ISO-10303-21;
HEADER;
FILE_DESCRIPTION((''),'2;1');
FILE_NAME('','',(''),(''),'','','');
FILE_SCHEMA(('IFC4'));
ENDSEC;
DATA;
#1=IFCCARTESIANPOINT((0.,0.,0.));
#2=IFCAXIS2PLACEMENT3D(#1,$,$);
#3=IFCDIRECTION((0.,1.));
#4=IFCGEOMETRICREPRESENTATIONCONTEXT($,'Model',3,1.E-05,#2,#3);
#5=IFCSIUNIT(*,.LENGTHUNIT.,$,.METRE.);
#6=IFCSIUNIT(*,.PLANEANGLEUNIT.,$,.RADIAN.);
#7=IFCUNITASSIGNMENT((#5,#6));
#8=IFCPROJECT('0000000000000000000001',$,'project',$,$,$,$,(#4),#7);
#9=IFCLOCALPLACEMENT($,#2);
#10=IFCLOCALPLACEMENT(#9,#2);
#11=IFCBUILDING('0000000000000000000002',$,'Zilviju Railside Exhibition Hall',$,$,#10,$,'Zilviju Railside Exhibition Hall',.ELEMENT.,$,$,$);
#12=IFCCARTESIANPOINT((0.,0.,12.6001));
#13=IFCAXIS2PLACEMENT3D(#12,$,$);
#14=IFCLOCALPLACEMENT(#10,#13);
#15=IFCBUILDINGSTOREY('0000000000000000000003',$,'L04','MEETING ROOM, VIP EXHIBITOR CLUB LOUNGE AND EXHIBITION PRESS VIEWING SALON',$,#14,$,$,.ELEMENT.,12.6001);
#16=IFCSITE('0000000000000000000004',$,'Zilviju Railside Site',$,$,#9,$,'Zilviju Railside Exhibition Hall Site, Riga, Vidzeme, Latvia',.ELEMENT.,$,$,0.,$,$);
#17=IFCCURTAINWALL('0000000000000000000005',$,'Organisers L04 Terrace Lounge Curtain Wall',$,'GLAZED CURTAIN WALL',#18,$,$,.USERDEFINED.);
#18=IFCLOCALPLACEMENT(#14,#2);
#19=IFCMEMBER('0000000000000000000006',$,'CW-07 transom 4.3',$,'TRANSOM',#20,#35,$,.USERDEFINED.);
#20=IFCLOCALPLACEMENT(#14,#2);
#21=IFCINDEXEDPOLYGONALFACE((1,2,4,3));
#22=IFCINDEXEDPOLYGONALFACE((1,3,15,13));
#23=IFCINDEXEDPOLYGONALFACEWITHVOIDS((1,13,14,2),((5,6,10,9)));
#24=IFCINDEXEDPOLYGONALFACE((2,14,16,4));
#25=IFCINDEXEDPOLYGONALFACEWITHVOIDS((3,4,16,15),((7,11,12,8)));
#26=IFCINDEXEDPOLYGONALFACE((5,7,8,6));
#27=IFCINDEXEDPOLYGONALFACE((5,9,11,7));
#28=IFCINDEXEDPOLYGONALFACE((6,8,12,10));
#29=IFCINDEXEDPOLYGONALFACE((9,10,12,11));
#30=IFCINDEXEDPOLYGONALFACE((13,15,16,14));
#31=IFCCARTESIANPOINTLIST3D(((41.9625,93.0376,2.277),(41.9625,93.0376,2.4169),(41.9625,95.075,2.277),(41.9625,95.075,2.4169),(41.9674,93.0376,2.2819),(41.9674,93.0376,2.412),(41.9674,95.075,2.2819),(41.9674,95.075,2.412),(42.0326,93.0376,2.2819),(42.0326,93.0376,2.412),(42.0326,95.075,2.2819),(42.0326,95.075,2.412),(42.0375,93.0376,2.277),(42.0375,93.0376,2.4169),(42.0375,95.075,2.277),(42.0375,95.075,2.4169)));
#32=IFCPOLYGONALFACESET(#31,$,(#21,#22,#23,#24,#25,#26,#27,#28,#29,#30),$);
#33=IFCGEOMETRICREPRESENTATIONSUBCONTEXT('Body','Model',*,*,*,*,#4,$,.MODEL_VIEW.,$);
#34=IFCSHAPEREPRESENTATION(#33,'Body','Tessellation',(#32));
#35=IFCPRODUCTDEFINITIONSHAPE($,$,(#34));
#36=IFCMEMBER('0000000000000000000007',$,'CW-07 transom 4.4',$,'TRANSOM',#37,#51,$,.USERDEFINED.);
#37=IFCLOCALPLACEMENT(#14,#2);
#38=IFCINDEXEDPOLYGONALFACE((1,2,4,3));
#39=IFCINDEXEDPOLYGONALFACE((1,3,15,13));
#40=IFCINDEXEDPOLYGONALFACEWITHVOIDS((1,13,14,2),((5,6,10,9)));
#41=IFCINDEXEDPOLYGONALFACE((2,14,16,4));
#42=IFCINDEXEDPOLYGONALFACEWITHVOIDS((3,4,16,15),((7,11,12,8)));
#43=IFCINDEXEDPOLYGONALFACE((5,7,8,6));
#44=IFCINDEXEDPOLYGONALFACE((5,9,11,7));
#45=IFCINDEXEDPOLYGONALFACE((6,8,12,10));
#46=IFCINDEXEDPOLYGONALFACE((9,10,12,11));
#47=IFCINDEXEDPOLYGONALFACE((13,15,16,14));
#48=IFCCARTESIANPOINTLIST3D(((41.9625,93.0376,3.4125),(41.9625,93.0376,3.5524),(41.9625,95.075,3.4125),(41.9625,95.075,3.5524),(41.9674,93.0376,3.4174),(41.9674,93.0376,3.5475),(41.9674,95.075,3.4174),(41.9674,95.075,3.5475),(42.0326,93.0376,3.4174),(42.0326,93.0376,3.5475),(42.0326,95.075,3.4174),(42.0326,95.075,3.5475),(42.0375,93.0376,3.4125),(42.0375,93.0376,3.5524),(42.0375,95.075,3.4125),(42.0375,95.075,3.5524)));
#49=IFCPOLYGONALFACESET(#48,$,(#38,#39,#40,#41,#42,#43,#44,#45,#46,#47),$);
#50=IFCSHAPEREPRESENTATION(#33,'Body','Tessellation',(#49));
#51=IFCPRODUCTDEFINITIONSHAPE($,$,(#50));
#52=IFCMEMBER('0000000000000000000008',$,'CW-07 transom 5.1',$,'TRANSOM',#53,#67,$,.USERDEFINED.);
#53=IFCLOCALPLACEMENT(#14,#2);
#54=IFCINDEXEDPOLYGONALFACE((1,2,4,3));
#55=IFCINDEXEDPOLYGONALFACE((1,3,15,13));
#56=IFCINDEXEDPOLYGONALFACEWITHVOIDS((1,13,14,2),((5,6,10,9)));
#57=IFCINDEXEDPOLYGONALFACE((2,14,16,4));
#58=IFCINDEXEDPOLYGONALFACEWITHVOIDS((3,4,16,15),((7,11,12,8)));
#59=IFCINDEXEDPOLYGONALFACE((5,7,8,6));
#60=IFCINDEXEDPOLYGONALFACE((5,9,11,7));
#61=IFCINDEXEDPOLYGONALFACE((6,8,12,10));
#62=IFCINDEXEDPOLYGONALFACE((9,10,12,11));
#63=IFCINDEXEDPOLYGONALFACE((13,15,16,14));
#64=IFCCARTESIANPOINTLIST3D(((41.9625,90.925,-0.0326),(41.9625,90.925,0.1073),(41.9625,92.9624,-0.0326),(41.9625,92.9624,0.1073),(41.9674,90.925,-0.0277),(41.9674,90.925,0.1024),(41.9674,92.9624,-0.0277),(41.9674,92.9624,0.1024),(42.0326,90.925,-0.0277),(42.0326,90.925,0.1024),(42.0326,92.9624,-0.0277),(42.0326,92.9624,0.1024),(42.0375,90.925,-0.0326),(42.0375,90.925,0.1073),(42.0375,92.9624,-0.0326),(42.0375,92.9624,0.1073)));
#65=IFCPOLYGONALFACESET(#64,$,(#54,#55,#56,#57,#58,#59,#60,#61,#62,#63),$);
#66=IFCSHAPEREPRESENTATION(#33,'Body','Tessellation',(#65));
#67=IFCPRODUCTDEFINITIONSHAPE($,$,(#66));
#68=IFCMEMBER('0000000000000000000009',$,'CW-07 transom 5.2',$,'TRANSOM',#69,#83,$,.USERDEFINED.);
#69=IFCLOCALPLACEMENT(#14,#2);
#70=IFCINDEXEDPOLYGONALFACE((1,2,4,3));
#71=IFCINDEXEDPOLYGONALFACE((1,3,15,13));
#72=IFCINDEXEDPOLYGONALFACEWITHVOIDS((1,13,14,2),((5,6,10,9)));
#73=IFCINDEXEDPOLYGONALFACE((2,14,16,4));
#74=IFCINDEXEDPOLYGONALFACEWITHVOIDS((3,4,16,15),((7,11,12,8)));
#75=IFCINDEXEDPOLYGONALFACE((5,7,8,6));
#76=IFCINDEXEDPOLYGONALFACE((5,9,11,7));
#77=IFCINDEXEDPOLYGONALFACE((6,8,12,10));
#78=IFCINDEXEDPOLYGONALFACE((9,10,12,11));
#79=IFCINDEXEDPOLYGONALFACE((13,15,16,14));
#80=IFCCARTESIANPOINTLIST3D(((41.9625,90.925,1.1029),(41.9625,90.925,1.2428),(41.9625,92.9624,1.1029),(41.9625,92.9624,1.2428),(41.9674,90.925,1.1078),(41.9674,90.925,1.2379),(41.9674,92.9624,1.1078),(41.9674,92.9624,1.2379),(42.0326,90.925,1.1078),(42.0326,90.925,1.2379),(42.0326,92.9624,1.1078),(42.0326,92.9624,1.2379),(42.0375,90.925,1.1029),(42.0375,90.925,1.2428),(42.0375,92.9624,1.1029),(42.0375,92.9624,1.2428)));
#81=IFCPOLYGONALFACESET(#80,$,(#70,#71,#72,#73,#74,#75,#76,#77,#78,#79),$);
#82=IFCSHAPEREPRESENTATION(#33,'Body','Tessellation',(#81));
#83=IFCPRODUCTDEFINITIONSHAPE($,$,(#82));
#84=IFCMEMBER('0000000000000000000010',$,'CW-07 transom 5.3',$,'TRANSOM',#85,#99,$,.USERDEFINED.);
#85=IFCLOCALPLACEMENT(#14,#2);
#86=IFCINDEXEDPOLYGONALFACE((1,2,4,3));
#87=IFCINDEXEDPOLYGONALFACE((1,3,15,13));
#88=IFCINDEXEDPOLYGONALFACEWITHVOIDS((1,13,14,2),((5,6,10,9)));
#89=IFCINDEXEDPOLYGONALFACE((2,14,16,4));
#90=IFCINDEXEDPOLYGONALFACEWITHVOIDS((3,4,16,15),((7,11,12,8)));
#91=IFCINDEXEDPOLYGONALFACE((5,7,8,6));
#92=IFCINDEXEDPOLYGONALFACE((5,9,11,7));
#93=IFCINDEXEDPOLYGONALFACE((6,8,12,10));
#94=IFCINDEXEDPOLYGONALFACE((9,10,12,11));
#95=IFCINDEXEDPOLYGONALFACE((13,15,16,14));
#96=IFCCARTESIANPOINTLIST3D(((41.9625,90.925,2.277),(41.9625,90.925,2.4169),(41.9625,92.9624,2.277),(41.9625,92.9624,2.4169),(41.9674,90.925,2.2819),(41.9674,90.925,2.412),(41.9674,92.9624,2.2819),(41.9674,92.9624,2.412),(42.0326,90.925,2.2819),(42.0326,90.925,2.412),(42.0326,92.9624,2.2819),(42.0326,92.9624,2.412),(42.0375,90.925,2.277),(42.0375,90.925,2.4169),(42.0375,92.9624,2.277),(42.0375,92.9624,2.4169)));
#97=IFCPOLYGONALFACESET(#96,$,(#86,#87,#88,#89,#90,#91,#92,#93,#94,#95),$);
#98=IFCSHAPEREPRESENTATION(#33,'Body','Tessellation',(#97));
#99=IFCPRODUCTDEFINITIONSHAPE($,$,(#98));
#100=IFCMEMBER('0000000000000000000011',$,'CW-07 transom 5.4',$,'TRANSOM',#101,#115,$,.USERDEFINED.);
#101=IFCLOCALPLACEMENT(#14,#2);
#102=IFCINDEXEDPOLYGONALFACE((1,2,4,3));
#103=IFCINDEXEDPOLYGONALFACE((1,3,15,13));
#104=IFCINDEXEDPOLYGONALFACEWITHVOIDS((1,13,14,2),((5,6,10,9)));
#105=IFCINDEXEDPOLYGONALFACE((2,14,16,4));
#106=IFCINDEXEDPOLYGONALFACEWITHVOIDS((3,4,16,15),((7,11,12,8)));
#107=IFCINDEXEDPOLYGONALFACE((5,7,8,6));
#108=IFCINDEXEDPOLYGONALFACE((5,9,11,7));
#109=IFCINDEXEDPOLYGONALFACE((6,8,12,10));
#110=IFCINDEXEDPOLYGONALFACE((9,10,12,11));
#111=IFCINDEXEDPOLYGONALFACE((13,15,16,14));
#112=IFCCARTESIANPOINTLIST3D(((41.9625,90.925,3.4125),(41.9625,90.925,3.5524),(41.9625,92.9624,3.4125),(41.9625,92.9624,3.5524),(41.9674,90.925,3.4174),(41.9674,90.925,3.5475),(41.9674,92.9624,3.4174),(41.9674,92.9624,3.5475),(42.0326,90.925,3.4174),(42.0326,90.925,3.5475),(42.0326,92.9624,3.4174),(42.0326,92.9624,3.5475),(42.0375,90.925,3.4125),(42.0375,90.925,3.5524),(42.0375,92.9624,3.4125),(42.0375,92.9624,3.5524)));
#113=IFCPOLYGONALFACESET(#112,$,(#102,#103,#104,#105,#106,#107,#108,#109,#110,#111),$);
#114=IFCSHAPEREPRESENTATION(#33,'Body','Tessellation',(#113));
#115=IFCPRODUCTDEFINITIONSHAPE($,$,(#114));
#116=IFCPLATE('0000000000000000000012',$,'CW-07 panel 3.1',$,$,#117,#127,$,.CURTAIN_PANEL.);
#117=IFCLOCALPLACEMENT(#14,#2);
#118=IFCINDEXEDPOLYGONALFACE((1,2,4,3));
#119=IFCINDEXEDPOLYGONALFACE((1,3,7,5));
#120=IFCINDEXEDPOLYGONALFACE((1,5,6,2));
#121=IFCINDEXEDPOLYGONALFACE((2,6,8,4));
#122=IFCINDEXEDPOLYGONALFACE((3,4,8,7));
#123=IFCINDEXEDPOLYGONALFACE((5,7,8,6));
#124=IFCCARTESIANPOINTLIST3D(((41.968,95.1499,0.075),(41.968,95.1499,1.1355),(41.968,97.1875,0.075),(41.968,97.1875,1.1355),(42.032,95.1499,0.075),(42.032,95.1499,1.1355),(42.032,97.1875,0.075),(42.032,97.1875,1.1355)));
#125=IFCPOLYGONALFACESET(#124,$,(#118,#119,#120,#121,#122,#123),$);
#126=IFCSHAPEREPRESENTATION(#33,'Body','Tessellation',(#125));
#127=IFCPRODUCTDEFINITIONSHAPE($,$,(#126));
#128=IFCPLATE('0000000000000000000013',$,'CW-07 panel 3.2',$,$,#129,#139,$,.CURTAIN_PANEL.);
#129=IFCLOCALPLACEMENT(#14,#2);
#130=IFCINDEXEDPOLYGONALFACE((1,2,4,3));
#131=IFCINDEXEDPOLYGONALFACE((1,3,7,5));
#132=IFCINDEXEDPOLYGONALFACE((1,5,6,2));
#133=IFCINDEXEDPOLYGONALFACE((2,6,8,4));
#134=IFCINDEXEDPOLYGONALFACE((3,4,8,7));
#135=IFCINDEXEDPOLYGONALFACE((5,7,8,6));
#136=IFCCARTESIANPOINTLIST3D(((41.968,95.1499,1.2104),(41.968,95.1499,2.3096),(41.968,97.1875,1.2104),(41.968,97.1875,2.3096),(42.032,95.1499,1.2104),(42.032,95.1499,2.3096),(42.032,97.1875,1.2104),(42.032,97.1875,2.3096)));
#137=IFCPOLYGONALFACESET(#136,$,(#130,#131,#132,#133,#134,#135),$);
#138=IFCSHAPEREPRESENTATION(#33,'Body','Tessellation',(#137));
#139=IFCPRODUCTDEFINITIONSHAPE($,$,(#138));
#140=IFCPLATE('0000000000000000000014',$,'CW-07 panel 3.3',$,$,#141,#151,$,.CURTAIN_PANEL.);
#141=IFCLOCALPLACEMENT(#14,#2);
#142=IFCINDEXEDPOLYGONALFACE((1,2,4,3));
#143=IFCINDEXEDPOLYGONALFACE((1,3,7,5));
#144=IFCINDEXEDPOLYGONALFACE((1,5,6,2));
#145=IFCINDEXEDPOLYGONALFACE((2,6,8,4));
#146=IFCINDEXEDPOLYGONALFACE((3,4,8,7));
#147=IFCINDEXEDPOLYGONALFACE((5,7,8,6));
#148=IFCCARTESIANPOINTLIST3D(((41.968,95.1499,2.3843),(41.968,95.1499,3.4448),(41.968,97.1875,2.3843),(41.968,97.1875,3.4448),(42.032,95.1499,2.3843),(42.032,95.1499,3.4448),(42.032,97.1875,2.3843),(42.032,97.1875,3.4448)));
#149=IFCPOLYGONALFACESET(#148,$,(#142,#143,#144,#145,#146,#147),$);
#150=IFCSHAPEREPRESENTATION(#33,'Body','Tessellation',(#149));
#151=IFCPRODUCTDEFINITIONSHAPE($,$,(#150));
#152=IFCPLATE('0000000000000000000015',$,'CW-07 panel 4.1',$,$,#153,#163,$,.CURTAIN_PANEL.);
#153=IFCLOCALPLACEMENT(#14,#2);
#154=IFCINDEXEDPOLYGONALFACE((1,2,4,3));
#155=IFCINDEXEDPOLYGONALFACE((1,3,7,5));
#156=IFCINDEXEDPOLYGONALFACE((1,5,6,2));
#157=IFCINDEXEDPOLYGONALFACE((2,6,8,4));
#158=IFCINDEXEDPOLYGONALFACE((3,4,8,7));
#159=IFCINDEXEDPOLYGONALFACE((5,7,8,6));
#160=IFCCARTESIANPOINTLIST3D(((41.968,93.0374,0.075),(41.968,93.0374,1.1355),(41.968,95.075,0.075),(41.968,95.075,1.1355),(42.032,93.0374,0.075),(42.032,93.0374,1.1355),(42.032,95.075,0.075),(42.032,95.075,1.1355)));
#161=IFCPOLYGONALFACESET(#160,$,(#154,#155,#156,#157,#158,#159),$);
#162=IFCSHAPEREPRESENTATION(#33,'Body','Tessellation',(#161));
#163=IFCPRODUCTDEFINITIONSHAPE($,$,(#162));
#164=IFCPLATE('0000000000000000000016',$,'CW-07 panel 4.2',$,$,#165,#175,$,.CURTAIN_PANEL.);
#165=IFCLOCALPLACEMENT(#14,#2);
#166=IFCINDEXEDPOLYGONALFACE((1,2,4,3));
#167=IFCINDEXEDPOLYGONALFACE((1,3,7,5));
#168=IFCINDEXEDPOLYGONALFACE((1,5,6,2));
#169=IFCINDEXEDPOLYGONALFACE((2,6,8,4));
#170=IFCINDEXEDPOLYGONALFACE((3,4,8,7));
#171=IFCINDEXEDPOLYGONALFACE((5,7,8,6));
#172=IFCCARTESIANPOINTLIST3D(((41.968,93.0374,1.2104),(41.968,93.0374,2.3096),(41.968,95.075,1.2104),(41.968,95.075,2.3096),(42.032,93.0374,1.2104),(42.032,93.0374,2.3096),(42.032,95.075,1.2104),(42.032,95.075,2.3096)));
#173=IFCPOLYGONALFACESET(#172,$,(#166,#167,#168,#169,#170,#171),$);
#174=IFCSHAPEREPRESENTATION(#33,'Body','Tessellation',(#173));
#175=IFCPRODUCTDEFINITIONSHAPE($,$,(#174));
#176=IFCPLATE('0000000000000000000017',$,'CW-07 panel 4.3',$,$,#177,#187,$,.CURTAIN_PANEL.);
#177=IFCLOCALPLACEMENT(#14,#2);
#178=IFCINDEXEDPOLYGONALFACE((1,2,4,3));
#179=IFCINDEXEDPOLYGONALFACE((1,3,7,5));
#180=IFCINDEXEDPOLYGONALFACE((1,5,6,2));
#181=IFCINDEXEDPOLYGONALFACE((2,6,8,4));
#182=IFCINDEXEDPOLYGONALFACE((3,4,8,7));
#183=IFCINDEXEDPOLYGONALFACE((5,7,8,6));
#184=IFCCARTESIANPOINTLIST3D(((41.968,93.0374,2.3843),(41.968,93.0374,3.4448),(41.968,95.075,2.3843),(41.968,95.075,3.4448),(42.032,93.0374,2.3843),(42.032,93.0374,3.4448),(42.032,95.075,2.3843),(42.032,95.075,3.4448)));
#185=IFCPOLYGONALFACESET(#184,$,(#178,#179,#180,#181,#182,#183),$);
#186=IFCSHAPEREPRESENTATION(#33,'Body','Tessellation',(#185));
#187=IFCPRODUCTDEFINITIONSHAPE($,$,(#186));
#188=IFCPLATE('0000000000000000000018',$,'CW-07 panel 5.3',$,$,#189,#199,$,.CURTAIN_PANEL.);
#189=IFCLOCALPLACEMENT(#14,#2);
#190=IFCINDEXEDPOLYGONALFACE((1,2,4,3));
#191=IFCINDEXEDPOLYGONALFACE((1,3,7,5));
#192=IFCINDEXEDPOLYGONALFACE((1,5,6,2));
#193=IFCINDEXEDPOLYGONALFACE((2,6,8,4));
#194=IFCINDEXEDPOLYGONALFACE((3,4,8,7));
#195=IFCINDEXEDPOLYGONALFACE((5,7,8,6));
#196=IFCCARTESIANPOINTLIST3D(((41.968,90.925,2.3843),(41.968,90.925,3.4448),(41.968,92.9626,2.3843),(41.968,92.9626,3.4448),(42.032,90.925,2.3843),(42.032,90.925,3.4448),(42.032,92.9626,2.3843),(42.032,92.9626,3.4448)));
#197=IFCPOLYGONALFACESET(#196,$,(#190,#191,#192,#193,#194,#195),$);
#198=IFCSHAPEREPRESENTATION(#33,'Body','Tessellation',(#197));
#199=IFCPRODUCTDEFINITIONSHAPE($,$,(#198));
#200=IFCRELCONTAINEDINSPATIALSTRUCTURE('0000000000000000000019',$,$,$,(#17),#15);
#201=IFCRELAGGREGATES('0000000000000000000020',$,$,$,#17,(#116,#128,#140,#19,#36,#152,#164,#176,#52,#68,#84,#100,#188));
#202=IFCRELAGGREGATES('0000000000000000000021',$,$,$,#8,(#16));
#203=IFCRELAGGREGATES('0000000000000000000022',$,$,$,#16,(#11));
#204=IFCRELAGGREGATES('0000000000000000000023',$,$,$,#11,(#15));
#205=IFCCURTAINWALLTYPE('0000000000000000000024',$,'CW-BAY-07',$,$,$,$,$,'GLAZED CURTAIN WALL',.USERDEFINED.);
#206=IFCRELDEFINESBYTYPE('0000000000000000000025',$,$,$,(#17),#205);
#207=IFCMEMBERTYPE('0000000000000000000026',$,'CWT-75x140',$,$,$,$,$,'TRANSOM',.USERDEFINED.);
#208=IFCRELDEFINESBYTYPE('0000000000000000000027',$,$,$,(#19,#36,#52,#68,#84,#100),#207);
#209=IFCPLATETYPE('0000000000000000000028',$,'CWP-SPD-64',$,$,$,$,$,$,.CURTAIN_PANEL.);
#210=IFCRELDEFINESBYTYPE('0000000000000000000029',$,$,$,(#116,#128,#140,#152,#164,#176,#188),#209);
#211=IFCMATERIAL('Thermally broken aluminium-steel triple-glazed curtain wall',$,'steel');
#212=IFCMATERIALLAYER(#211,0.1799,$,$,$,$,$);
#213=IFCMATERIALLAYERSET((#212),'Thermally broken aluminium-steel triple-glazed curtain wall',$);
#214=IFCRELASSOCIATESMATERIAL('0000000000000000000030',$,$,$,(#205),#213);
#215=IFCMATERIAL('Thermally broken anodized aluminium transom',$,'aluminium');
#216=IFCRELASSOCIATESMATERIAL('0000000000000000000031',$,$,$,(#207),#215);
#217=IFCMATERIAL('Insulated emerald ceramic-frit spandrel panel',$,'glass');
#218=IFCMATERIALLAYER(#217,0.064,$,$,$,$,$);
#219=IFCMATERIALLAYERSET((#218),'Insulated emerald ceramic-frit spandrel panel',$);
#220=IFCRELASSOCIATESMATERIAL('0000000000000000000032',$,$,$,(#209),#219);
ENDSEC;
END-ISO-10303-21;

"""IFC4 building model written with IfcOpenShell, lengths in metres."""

from ifc_helpers import new_model, si_unit, direction, frame, origin, origin_2d, place, context, subcontext, project, spatial, rectangle, hollow_rectangle, extrude, material, layer, layer_set, material_profile, profile_set, type_object, element, aggregate, save


model = new_model("IFC4")

# Units and contexts
model_context = context("Model", 3, precision=1e-05, world=origin(), true_north=direction((0.0, 1.0)))
body_context = subcontext(model_context, "Body", "Model", "MODEL_VIEW")
ifc_project = project(units=[si_unit("LENGTHUNIT", "METRE"), si_unit("PLANEANGLEUNIT", "RADIAN")], contexts=[model_context])

# Site, building, storey
site_placement = place(None, origin())
site = spatial("IfcSite", under=ifc_project, at=site_placement, Name="Zilviju Railside Site", LongName="Zilviju Railside Exhibition Hall Site, Riga, Vidzeme, Latvia", CompositionType="ELEMENT", RefElevation=0.0)
building_placement = place(site_placement, origin())
building = spatial("IfcBuilding", under=site, at=building_placement, Name="Zilviju Railside Exhibition Hall", LongName="Zilviju Railside Exhibition Hall", CompositionType="ELEMENT")
storey_placement = place(building_placement, frame((0.0, 0.0, 12.6001)))
storey = spatial("IfcBuildingStorey", under=building, at=storey_placement, Name="L04", Description="MEETING ROOM, VIP EXHIBITOR CLUB LOUNGE AND EXHIBITION PRESS VIEWING SALON", CompositionType="ELEMENT", Elevation=12.6001)

# Curtain wall, members, plates
ifc_material_1 = material(Name="Thermally broken aluminium-steel triple-glazed curtain wall", Category="steel")
ifc_layer_1 = layer(ifc_material_1, 0.1799)
ifc_layer_set_1 = layer_set([ifc_layer_1], Name="Thermally broken aluminium-steel triple-glazed curtain wall")
curtain_wall_type = type_object("IfcCurtainWallType", Name="CW-BAY-07", ElementType="GLAZED CURTAIN WALL", PredefinedType="USERDEFINED", material=ifc_layer_set_1)
curtain_wall_placement = place(storey_placement, origin())
curtain_wall = element("IfcCurtainWall", 1, at=curtain_wall_placement, inside=storey, type_object=curtain_wall_type, Name="Organisers L04 Terrace Lounge Curtain Wall", ObjectType="GLAZED CURTAIN WALL", PredefinedType="USERDEFINED")
ifc_material_2 = material(Name="Thermally broken anodized aluminium transom", Category="aluminium")
ifc_material_profile_1 = material_profile(ifc_material_2, hollow_rectangle(XDim=0.075, YDim=0.1399, WallThickness=0.0049, at=origin_2d()), Name="TRANSOM 140x75x5")
ifc_profile_set_1 = profile_set([ifc_material_profile_1], Name="Thermally broken anodized aluminium transom")
member_type_1 = type_object("IfcMemberType", Name="CWT-75x140", ElementType="TRANSOM", PredefinedType="USERDEFINED", material=ifc_profile_set_1)
member_1_placement = place(storey_placement, frame((42.0, 95.075, 2.3469), z_axis=(0.0, -1.0, 0.0), x_axis=(1.0, 0.0, 0.0)))
member_1 = element("IfcMember", 2, at=member_1_placement, type_object=member_type_1, Name="CW-07 transom 4.3", ObjectType="TRANSOM", PredefinedType="USERDEFINED", context=body_context, shape_type="SweptSolid", body=[
    extrude(hollow_rectangle(XDim=0.075, YDim=0.1399, WallThickness=0.0049, at=origin_2d()), origin(), (0.0, 0.0, 1.0), 2.0374),
])
member_2_placement = place(storey_placement, frame((42.0, 95.075, 3.4824), z_axis=(0.0, -1.0, 0.0), x_axis=(1.0, 0.0, 0.0)))
member_2 = element("IfcMember", 3, at=member_2_placement, type_object=member_type_1, Name="CW-07 transom 4.4", ObjectType="TRANSOM", PredefinedType="USERDEFINED", context=body_context, shape_type="SweptSolid", body=[
    extrude(hollow_rectangle(XDim=0.075, YDim=0.1399, WallThickness=0.0049, at=origin_2d()), origin(), (0.0, 0.0, 1.0), 2.0374),
])
member_3_placement = place(storey_placement, frame((42.0, 92.9624, 0.0374), z_axis=(0.0, -1.0, 0.0), x_axis=(1.0, 0.0, 0.0)))
member_3 = element("IfcMember", 4, at=member_3_placement, type_object=member_type_1, Name="CW-07 transom 5.1", ObjectType="TRANSOM", PredefinedType="USERDEFINED", context=body_context, shape_type="SweptSolid", body=[
    extrude(hollow_rectangle(XDim=0.075, YDim=0.1399, WallThickness=0.0049, at=origin_2d()), origin(), (0.0, 0.0, 1.0), 2.0374),
])
member_4_placement = place(storey_placement, frame((42.0, 92.9624, 1.1729), z_axis=(0.0, -1.0, 0.0), x_axis=(1.0, 0.0, 0.0)))
member_4 = element("IfcMember", 5, at=member_4_placement, type_object=member_type_1, Name="CW-07 transom 5.2", ObjectType="TRANSOM", PredefinedType="USERDEFINED", context=body_context, shape_type="SweptSolid", body=[
    extrude(hollow_rectangle(XDim=0.075, YDim=0.1399, WallThickness=0.0049, at=origin_2d()), origin(), (0.0, 0.0, 1.0), 2.0374),
])
member_5_placement = place(storey_placement, frame((42.0, 92.9624, 2.3469), z_axis=(0.0, -1.0, 0.0), x_axis=(1.0, 0.0, 0.0)))
member_5 = element("IfcMember", 6, at=member_5_placement, type_object=member_type_1, Name="CW-07 transom 5.3", ObjectType="TRANSOM", PredefinedType="USERDEFINED", context=body_context, shape_type="SweptSolid", body=[
    extrude(hollow_rectangle(XDim=0.075, YDim=0.1399, WallThickness=0.0049, at=origin_2d()), origin(), (0.0, 0.0, 1.0), 2.0374),
])
member_6_placement = place(storey_placement, frame((42.0, 92.9624, 3.4824), z_axis=(0.0, -1.0, 0.0), x_axis=(1.0, 0.0, 0.0)))
member_6 = element("IfcMember", 7, at=member_6_placement, type_object=member_type_1, Name="CW-07 transom 5.4", ObjectType="TRANSOM", PredefinedType="USERDEFINED", context=body_context, shape_type="SweptSolid", body=[
    extrude(hollow_rectangle(XDim=0.075, YDim=0.1399, WallThickness=0.0049, at=origin_2d()), origin(), (0.0, 0.0, 1.0), 2.0374),
])
ifc_material_3 = material(Name="Insulated emerald ceramic-frit spandrel panel", Category="glass")
ifc_layer_2 = layer(ifc_material_3, 0.064)
ifc_layer_set_2 = layer_set([ifc_layer_2], Name="Insulated emerald ceramic-frit spandrel panel")
plate_type = type_object("IfcPlateType", Name="CWP-SPD-64", PredefinedType="CURTAIN_PANEL", material=ifc_layer_set_2)
plate_1_placement = place(storey_placement, frame((42.0, 96.1687, 0.075), z_axis=(0.0, 0.0, 1.0), x_axis=(0.0, -1.0, 0.0)))
plate_1 = element("IfcPlate", 8, at=plate_1_placement, type_object=plate_type, Name="CW-07 panel 3.1", PredefinedType="CURTAIN_PANEL", context=body_context, shape_type="SweptSolid", body=[
    extrude(rectangle(XDim=2.0376, YDim=0.064, at=origin_2d()), origin(), (0.0, 0.0, 1.0), 1.0605),
])
plate_2_placement = place(storey_placement, frame((42.0, 96.1687, 1.2104), z_axis=(0.0, 0.0, 1.0), x_axis=(0.0, -1.0, 0.0)))
plate_2 = element("IfcPlate", 9, at=plate_2_placement, type_object=plate_type, Name="CW-07 panel 3.2", PredefinedType="CURTAIN_PANEL", context=body_context, shape_type="SweptSolid", body=[
    extrude(rectangle(XDim=2.0376, YDim=0.064, at=origin_2d()), origin(), (0.0, 0.0, 1.0), 1.0991),
])
plate_3_placement = place(storey_placement, frame((42.0, 96.1687, 2.3843), z_axis=(0.0, 0.0, 1.0), x_axis=(0.0, -1.0, 0.0)))
plate_3 = element("IfcPlate", 10, at=plate_3_placement, type_object=plate_type, Name="CW-07 panel 3.3", PredefinedType="CURTAIN_PANEL", context=body_context, shape_type="SweptSolid", body=[
    extrude(rectangle(XDim=2.0376, YDim=0.064, at=origin_2d()), origin(), (0.0, 0.0, 1.0), 1.0605),
])
plate_4_placement = place(storey_placement, frame((42.0, 94.0562, 0.075), z_axis=(0.0, 0.0, 1.0), x_axis=(0.0, -1.0, 0.0)))
plate_4 = element("IfcPlate", 11, at=plate_4_placement, type_object=plate_type, Name="CW-07 panel 4.1", PredefinedType="CURTAIN_PANEL", context=body_context, shape_type="SweptSolid", body=[
    extrude(rectangle(XDim=2.0376, YDim=0.064, at=origin_2d()), origin(), (0.0, 0.0, 1.0), 1.0605),
])
plate_5_placement = place(storey_placement, frame((42.0, 94.0562, 1.2104), z_axis=(0.0, 0.0, 1.0), x_axis=(0.0, -1.0, 0.0)))
plate_5 = element("IfcPlate", 12, at=plate_5_placement, type_object=plate_type, Name="CW-07 panel 4.2", PredefinedType="CURTAIN_PANEL", context=body_context, shape_type="SweptSolid", body=[
    extrude(rectangle(XDim=2.0376, YDim=0.064, at=origin_2d()), origin(), (0.0, 0.0, 1.0), 1.0991),
])
plate_6_placement = place(storey_placement, frame((42.0, 94.0562, 2.3843), z_axis=(0.0, 0.0, 1.0), x_axis=(0.0, -1.0, 0.0)))
plate_6 = element("IfcPlate", 13, at=plate_6_placement, type_object=plate_type, Name="CW-07 panel 4.3", PredefinedType="CURTAIN_PANEL", context=body_context, shape_type="SweptSolid", body=[
    extrude(rectangle(XDim=2.0376, YDim=0.064, at=origin_2d()), origin(), (0.0, 0.0, 1.0), 1.0605),
])
plate_7_placement = place(storey_placement, frame((42.0, 91.9438, 2.3843), z_axis=(0.0, 0.0, 1.0), x_axis=(0.0, -1.0, 0.0)))
plate_7 = element("IfcPlate", 14, at=plate_7_placement, type_object=plate_type, Name="CW-07 panel 5.3", PredefinedType="CURTAIN_PANEL", context=body_context, shape_type="SweptSolid", body=[
    extrude(rectangle(XDim=2.0376, YDim=0.064, at=origin_2d()), origin(), (0.0, 0.0, 1.0), 1.0605),
])
aggregate(curtain_wall, [plate_1, plate_2, plate_3, member_1, member_2, plate_4, plate_5, plate_6, member_3, member_4, member_5, member_6, plate_7])

save(model, "model.ifc")
